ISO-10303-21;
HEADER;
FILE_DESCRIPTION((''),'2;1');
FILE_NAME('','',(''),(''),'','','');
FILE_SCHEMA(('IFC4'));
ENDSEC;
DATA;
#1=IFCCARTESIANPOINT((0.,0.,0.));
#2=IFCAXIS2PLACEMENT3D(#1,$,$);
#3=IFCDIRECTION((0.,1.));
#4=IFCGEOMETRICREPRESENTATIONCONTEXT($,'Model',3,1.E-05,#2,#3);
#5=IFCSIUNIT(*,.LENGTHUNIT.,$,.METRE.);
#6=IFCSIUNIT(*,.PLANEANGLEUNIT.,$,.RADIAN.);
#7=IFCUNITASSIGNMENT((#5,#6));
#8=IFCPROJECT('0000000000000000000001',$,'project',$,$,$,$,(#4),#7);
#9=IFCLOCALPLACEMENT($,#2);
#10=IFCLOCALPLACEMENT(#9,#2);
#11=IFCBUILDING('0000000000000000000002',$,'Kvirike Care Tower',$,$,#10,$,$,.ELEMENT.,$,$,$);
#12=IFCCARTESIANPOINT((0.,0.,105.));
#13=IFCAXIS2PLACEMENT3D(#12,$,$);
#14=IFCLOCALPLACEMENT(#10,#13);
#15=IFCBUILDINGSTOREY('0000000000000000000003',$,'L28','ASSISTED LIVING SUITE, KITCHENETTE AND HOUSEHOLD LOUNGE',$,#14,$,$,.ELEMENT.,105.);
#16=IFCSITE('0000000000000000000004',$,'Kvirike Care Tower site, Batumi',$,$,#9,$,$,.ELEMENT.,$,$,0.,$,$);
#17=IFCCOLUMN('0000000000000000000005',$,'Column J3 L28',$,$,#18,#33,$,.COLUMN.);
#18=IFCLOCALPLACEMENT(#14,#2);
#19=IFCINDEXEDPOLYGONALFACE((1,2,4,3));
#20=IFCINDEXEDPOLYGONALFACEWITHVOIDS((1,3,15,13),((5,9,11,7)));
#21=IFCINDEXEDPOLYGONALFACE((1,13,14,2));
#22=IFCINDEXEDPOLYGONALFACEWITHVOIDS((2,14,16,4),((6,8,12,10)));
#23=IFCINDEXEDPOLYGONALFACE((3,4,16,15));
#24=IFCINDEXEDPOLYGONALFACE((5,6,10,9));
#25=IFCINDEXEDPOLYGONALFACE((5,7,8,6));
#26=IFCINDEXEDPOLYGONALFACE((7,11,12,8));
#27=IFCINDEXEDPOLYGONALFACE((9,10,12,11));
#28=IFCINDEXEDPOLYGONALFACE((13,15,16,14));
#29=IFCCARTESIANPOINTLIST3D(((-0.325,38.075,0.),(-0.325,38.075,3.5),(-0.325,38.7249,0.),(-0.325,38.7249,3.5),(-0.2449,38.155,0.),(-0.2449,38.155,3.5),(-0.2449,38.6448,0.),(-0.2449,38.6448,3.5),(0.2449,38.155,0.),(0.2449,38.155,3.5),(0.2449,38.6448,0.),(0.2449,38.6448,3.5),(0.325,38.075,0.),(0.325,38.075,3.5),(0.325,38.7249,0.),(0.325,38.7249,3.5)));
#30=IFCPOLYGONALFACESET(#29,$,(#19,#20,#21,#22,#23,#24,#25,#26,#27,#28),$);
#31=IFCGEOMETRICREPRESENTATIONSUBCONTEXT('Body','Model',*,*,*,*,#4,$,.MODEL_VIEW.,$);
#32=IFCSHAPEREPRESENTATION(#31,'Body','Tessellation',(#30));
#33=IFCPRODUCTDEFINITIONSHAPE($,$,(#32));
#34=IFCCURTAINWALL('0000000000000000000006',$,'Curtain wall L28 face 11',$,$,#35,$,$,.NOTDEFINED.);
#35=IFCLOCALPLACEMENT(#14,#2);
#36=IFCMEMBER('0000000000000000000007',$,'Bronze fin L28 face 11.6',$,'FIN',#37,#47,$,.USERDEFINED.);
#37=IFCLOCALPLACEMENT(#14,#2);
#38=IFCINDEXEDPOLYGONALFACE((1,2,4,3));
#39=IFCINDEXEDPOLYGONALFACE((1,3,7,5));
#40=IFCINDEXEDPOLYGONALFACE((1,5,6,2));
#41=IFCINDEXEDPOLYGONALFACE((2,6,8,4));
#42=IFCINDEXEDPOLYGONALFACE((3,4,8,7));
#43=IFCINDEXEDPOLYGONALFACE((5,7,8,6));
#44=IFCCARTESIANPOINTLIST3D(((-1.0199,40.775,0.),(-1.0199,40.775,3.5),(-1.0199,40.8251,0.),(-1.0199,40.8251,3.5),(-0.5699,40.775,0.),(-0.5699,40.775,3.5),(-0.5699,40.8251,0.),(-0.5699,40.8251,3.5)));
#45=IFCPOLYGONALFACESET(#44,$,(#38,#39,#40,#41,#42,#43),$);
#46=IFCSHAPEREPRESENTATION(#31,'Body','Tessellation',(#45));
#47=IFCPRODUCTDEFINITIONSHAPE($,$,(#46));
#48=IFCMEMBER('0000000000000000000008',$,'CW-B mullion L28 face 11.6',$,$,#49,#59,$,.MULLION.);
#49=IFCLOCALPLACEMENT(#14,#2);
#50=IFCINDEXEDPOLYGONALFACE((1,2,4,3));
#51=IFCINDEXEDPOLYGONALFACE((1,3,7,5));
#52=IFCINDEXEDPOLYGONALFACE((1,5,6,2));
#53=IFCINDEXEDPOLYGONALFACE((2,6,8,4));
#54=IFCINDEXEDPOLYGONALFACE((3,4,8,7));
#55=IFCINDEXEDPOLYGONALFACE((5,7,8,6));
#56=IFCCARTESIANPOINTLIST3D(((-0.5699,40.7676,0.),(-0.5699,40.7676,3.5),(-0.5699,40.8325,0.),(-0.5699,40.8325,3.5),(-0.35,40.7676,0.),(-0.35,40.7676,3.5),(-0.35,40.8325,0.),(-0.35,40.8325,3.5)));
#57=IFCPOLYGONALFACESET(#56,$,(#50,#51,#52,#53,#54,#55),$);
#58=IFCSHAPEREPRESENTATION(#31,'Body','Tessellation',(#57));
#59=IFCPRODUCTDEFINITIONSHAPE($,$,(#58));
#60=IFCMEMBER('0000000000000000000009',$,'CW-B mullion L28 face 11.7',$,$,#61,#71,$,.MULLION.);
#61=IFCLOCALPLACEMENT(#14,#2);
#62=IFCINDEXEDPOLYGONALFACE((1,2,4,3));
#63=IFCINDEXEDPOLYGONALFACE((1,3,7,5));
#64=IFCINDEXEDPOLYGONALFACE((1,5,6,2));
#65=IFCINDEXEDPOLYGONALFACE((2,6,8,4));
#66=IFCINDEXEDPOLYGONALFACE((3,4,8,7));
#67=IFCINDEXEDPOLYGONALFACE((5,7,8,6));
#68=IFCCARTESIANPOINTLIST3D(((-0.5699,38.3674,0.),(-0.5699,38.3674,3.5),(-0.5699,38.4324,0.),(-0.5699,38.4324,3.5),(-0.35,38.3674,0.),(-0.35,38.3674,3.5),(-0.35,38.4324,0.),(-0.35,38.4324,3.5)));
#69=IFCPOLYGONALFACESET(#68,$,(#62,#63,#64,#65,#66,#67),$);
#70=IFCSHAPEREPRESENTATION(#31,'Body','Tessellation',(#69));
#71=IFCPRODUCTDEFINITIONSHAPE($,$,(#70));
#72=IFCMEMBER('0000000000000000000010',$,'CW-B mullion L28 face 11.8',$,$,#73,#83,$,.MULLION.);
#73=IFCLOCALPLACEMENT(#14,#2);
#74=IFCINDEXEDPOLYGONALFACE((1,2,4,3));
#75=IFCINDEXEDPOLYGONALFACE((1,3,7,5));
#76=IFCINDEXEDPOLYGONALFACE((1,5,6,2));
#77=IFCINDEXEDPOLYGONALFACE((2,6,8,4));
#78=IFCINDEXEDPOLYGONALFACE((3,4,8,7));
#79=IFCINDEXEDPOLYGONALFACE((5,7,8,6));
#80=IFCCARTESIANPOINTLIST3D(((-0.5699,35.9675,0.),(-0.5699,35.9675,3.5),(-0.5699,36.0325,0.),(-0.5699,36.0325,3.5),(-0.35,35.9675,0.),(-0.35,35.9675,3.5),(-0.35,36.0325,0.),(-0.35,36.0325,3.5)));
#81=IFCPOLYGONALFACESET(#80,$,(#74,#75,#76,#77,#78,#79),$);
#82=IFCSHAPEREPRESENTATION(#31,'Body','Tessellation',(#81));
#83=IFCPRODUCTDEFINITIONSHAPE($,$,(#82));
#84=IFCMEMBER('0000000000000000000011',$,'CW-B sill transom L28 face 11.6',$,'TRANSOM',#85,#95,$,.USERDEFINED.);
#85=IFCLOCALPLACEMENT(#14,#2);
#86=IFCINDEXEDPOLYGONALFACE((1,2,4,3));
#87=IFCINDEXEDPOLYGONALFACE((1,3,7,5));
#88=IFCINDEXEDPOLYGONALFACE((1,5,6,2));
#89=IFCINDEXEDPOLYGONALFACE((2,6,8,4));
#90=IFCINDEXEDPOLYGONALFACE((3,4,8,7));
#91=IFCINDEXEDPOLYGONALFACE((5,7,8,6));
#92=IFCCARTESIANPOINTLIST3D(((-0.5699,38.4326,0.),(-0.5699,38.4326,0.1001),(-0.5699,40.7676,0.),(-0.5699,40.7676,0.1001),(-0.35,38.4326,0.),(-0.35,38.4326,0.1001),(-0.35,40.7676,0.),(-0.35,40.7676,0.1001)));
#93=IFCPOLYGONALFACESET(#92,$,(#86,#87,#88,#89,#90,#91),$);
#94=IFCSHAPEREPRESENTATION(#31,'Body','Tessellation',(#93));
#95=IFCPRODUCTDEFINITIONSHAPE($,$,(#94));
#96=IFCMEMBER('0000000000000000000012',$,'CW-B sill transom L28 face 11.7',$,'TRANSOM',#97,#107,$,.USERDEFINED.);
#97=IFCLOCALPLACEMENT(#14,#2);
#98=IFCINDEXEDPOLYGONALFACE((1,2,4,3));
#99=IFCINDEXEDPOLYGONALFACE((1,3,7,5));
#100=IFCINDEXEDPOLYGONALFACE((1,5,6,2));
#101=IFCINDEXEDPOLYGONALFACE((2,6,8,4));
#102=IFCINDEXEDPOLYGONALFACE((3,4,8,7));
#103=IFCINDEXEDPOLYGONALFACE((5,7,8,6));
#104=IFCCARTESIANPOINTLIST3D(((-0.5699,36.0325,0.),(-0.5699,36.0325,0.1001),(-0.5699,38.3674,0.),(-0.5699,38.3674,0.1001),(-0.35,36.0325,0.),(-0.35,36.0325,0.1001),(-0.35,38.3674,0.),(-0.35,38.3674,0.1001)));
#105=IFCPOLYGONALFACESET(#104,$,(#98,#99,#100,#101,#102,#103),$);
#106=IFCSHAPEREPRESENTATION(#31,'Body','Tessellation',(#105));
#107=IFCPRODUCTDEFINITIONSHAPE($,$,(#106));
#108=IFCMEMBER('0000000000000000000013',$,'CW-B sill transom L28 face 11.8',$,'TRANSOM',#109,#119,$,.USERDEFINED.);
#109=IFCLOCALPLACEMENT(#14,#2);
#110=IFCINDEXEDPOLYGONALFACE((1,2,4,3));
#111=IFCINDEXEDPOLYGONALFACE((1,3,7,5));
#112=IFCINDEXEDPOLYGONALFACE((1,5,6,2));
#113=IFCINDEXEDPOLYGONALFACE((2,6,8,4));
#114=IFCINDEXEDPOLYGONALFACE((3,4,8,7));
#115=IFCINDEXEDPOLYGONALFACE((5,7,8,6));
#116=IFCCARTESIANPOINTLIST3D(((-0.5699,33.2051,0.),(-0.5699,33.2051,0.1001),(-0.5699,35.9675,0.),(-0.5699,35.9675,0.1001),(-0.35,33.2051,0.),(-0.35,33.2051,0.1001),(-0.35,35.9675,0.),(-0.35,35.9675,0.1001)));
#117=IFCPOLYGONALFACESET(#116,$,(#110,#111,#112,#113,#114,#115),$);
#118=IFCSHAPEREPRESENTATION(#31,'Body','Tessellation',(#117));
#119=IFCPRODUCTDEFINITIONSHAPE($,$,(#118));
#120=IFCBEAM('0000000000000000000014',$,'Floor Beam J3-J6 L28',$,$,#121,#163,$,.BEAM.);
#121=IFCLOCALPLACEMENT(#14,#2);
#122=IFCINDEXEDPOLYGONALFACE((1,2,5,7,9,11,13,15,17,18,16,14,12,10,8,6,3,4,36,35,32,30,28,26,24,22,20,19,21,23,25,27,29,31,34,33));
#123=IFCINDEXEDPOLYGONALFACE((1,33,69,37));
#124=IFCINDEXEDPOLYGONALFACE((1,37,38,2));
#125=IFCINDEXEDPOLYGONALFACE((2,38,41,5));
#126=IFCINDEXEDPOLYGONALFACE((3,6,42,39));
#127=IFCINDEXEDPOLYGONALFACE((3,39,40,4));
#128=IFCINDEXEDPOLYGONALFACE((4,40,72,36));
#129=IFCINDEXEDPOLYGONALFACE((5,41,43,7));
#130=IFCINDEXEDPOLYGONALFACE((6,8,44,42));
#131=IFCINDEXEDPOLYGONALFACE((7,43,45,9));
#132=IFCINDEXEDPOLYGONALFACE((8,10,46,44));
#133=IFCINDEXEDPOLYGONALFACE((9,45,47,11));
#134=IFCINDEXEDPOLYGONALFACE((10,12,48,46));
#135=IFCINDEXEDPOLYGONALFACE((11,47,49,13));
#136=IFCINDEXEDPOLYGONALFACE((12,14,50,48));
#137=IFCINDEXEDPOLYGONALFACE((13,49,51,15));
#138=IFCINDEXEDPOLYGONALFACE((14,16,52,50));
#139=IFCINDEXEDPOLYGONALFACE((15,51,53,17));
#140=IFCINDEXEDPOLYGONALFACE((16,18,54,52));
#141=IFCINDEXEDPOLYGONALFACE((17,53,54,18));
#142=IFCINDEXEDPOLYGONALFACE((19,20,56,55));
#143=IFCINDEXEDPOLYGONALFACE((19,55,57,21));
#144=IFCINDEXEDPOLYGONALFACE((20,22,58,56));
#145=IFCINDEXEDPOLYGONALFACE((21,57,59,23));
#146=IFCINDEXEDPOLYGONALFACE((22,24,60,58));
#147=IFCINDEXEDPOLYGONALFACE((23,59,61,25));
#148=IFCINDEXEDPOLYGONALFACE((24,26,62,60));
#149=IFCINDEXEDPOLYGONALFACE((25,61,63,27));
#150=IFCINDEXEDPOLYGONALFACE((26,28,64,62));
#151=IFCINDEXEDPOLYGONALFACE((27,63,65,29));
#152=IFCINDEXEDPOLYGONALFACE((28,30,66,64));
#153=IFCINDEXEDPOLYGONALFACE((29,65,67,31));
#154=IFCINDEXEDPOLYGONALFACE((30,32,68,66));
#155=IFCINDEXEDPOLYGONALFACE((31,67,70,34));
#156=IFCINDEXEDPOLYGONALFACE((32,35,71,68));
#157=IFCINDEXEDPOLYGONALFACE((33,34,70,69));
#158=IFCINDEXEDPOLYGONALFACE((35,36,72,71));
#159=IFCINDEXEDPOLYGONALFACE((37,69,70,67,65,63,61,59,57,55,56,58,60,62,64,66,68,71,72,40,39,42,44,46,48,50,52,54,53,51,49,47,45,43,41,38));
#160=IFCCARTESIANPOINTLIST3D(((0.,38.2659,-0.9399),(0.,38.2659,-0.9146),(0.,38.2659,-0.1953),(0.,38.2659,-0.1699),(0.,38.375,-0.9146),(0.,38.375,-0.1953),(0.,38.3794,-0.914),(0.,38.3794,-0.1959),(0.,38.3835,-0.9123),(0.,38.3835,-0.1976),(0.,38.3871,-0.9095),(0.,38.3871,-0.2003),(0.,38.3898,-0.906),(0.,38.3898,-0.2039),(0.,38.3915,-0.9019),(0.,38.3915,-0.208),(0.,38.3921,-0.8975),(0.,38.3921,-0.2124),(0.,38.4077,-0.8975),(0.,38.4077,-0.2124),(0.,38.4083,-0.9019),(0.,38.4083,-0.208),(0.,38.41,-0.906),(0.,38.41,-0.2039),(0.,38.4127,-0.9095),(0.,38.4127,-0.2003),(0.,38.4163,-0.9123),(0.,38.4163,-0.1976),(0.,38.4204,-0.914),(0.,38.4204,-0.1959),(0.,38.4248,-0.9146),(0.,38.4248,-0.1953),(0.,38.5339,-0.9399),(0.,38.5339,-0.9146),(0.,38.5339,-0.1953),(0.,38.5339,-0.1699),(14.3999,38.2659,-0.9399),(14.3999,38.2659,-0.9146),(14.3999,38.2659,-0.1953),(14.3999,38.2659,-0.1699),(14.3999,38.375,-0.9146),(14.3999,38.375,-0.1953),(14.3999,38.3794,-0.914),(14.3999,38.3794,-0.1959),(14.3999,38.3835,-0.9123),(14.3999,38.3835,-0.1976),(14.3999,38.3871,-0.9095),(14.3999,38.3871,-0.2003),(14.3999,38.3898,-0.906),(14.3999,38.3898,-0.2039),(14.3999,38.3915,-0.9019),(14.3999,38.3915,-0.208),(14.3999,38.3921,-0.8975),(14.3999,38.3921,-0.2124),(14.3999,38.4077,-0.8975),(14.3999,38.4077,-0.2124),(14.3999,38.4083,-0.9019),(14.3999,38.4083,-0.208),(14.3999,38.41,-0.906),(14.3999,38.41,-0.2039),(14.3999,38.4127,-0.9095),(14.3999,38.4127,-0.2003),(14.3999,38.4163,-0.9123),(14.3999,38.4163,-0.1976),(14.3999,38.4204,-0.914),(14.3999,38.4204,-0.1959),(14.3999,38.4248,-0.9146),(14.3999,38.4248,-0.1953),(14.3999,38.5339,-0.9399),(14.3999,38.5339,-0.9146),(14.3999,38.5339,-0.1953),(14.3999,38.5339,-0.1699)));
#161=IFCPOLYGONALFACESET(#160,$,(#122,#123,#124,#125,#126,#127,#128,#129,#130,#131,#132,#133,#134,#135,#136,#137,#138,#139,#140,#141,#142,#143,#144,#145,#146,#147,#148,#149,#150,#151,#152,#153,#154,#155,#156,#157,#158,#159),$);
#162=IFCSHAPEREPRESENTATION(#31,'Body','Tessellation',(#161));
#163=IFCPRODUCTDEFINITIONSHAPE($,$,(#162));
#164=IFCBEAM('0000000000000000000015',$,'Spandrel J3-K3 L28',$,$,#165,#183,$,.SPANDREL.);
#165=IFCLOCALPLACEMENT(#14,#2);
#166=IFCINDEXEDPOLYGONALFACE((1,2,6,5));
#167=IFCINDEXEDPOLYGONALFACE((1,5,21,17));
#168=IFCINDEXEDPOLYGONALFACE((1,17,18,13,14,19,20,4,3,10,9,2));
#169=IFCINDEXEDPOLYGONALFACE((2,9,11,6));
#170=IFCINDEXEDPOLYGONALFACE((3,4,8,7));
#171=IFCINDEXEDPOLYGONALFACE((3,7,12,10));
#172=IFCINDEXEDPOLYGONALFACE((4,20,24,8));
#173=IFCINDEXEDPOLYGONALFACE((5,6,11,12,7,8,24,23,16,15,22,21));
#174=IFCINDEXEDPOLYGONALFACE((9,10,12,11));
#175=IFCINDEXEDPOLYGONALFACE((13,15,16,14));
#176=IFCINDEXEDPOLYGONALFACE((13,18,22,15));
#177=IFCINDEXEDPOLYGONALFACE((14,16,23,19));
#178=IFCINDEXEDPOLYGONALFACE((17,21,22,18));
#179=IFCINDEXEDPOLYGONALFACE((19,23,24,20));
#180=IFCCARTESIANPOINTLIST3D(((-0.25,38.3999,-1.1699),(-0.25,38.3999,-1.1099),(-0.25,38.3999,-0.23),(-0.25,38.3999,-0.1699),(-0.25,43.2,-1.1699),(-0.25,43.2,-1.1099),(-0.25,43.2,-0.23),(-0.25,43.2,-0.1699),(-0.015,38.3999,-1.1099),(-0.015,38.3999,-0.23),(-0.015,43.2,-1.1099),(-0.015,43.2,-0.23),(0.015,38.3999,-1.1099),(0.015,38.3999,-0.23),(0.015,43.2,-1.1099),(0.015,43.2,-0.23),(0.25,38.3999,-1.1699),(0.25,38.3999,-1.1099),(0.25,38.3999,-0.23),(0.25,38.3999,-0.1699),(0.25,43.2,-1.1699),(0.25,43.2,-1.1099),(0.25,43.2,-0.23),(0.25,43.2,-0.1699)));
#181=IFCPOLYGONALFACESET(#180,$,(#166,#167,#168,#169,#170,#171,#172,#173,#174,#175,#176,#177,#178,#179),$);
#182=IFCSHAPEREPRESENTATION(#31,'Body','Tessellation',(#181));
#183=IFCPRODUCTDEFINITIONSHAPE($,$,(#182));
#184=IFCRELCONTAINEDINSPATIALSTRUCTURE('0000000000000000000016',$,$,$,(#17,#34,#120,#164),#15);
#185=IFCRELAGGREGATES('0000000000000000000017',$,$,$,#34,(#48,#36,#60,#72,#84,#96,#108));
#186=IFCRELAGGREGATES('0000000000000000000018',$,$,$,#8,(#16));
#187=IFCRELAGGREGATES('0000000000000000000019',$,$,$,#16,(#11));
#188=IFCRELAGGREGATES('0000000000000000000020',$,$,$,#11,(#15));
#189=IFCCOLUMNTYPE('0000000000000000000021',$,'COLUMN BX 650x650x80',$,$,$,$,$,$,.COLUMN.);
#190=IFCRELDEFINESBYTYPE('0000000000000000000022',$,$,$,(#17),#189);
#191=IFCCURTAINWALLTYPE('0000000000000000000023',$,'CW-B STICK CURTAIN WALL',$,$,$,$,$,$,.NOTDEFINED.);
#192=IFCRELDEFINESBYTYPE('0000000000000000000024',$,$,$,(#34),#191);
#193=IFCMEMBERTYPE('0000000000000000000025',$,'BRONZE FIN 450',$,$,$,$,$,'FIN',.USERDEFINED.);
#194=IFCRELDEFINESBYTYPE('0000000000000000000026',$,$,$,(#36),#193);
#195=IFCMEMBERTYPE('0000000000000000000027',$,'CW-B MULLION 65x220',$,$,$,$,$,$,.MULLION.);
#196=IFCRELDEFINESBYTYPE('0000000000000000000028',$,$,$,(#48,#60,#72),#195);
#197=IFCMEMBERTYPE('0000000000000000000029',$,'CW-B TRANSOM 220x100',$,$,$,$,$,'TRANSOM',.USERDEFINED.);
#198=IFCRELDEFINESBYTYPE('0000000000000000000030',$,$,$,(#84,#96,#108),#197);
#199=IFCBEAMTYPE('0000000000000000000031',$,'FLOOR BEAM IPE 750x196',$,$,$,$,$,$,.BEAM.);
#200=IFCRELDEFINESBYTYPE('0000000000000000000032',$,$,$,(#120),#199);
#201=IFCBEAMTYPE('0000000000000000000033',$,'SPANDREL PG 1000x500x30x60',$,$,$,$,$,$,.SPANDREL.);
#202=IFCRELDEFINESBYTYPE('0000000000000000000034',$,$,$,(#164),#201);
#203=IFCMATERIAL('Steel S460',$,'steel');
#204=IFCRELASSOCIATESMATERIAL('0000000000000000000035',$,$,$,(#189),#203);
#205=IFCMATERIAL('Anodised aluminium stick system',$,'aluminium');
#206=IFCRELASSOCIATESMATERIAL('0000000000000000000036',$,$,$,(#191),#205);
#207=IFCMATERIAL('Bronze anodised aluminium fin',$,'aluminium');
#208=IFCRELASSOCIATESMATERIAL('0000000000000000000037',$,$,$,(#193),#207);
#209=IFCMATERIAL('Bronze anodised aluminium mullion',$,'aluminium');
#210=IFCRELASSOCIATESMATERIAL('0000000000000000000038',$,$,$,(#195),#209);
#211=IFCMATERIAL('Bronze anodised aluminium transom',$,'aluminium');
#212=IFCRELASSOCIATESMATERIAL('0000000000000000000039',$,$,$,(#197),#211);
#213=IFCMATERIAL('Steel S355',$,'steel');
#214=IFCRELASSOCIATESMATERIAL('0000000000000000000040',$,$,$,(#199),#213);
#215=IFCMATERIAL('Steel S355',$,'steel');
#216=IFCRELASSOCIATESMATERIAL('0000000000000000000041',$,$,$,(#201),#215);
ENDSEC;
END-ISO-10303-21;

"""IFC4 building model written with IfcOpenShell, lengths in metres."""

from ifc_helpers import new_model, si_unit, direction, frame, origin, origin_2d, place, context, subcontext, project, spatial, rectangle, hollow_rectangle, i_section, extrude, material, material_profile, profile_set, type_object, element, aggregate, save


model = new_model("IFC4")

# Units and contexts
model_context = context("Model", 3, precision=1e-05, world=origin(), true_north=direction((0.0, 1.0)))
body_context = subcontext(model_context, "Body", "Model", "MODEL_VIEW")
ifc_project = project(units=[si_unit("LENGTHUNIT", "METRE"), si_unit("PLANEANGLEUNIT", "RADIAN")], contexts=[model_context])

# Site, building, storey
site_placement = place(None, origin())
site = spatial("IfcSite", under=ifc_project, at=site_placement, Name="Kvirike Care Tower site, Batumi", CompositionType="ELEMENT", RefElevation=0.0)
building_placement = place(site_placement, origin())
building = spatial("IfcBuilding", under=site, at=building_placement, Name="Kvirike Care Tower", CompositionType="ELEMENT")
storey_placement = place(building_placement, frame((0.0, 0.0, 105.0)))
storey = spatial("IfcBuildingStorey", under=building, at=storey_placement, Name="L28", Description="ASSISTED LIVING SUITE, KITCHENETTE AND HOUSEHOLD LOUNGE", CompositionType="ELEMENT", Elevation=105.0)

# Column
ifc_material_1 = material(Name="Steel S460", Category="steel")
ifc_material_profile_1 = material_profile(ifc_material_1, hollow_rectangle(XDim=0.6499, YDim=0.6499, WallThickness=0.0801, at=origin_2d()), Name="BX 650x650x80")
ifc_profile_set_1 = profile_set([ifc_material_profile_1], Name="Steel S460")
column_type = type_object("IfcColumnType", Name="COLUMN BX 650x650x80", PredefinedType="COLUMN", material=ifc_profile_set_1)
column_placement = place(storey_placement, frame((0.0, 38.3999, 0.0), z_axis=(0.0, 0.0, 1.0), x_axis=(1.0, 0.0, 0.0)))
element("IfcColumn", 1, at=column_placement, inside=storey, type_object=column_type, Name="Column J3 L28", PredefinedType="COLUMN", context=body_context, shape_type="SweptSolid", body=[
    extrude(hollow_rectangle(XDim=0.6499, YDim=0.6499, WallThickness=0.0801, at=origin_2d()), origin(), (0.0, 0.0, 1.0), 3.5),
])

# Curtain wall, members
ifc_material_2 = material(Name="Anodised aluminium stick system", Category="aluminium")
curtain_wall_type = type_object("IfcCurtainWallType", Name="CW-B STICK CURTAIN WALL", PredefinedType="NOTDEFINED", material=ifc_material_2)
curtain_wall_placement = place(storey_placement, origin())
curtain_wall = element("IfcCurtainWall", 2, at=curtain_wall_placement, inside=storey, type_object=curtain_wall_type, Name="Curtain wall L28 face 11", PredefinedType="NOTDEFINED")
ifc_material_3 = material(Name="Bronze anodised aluminium fin", Category="aluminium")
ifc_material_profile_2 = material_profile(ifc_material_3, rectangle(XDim=0.05, YDim=0.45, at=origin_2d()), Name="BRONZE FIN 450")
ifc_profile_set_2 = profile_set([ifc_material_profile_2], Name="Bronze anodised aluminium fin")
member_type_1 = type_object("IfcMemberType", Name="BRONZE FIN 450", ElementType="FIN", PredefinedType="USERDEFINED", material=ifc_profile_set_2)
member_1_placement = place(storey_placement, frame((-0.7949, 40.8, 0.0), z_axis=(0.0, 0.0, 1.0), x_axis=(0.0, -1.0, 0.0)))
member_1 = element("IfcMember", 3, at=member_1_placement, type_object=member_type_1, Name="Bronze fin L28 face 11.6", ObjectType="FIN", PredefinedType="USERDEFINED", context=body_context, shape_type="SweptSolid", body=[
    extrude(rectangle(XDim=0.05, YDim=0.45, at=origin_2d()), origin(), (0.0, 0.0, 1.0), 3.5),
])
ifc_material_4 = material(Name="Bronze anodised aluminium mullion", Category="aluminium")
ifc_material_profile_3 = material_profile(ifc_material_4, rectangle(XDim=0.0649, YDim=0.22, at=origin_2d()), Name="CW-B MULLION 65x220")
ifc_profile_set_3 = profile_set([ifc_material_profile_3], Name="Bronze anodised aluminium mullion")
member_type_2 = type_object("IfcMemberType", Name="CW-B MULLION 65x220", PredefinedType="MULLION", material=ifc_profile_set_3)
member_2_placement = place(storey_placement, frame((-0.46, 40.8, 0.0), z_axis=(0.0, 0.0, 1.0), x_axis=(0.0, -1.0, 0.0)))
member_2 = element("IfcMember", 4, at=member_2_placement, type_object=member_type_2, Name="CW-B mullion L28 face 11.6", PredefinedType="MULLION", context=body_context, shape_type="SweptSolid", body=[
    extrude(rectangle(XDim=0.0649, YDim=0.22, at=origin_2d()), origin(), (0.0, 0.0, 1.0), 3.5),
])
member_3_placement = place(storey_placement, frame((-0.46, 38.3999, 0.0), z_axis=(0.0, 0.0, 1.0), x_axis=(0.0, -1.0, 0.0)))
member_3 = element("IfcMember", 5, at=member_3_placement, type_object=member_type_2, Name="CW-B mullion L28 face 11.7", PredefinedType="MULLION", context=body_context, shape_type="SweptSolid", body=[
    extrude(rectangle(XDim=0.0649, YDim=0.22, at=origin_2d()), origin(), (0.0, 0.0, 1.0), 3.5),
])
member_4_placement = place(storey_placement, frame((-0.46, 36.0, 0.0), z_axis=(0.0, 0.0, 1.0), x_axis=(0.0, -1.0, 0.0)))
member_4 = element("IfcMember", 6, at=member_4_placement, type_object=member_type_2, Name="CW-B mullion L28 face 11.8", PredefinedType="MULLION", context=body_context, shape_type="SweptSolid", body=[
    extrude(rectangle(XDim=0.0649, YDim=0.22, at=origin_2d()), origin(), (0.0, 0.0, 1.0), 3.5),
])
ifc_material_5 = material(Name="Bronze anodised aluminium transom", Category="aluminium")
ifc_material_profile_4 = material_profile(ifc_material_5, rectangle(XDim=0.22, YDim=0.1001, at=origin_2d()), Name="CW-B TRANSOM 220x100")
ifc_profile_set_4 = profile_set([ifc_material_profile_4], Name="Bronze anodised aluminium transom")
member_type_3 = type_object("IfcMemberType", Name="CW-B TRANSOM 220x100", ElementType="TRANSOM", PredefinedType="USERDEFINED", material=ifc_profile_set_4)
member_5_placement = place(storey_placement, frame((-0.46, 40.7676, 0.05), z_axis=(0.0, -1.0, 0.0), x_axis=(1.0, 0.0, 0.0)))
member_5 = element("IfcMember", 7, at=member_5_placement, type_object=member_type_3, Name="CW-B sill transom L28 face 11.6", ObjectType="TRANSOM", PredefinedType="USERDEFINED", context=body_context, shape_type="SweptSolid", body=[
    extrude(rectangle(XDim=0.22, YDim=0.1001, at=origin_2d()), origin(), (0.0, 0.0, 1.0), 2.335),
])
member_6_placement = place(storey_placement, frame((-0.46, 38.3674, 0.05), z_axis=(0.0, -1.0, 0.0), x_axis=(1.0, 0.0, 0.0)))
member_6 = element("IfcMember", 8, at=member_6_placement, type_object=member_type_3, Name="CW-B sill transom L28 face 11.7", ObjectType="TRANSOM", PredefinedType="USERDEFINED", context=body_context, shape_type="SweptSolid", body=[
    extrude(rectangle(XDim=0.22, YDim=0.1001, at=origin_2d()), origin(), (0.0, 0.0, 1.0), 2.335),
])
member_7_placement = place(storey_placement, frame((-0.46, 35.9675, 0.05), z_axis=(0.0, -1.0, 0.0), x_axis=(1.0, 0.0, 0.0)))
member_7 = element("IfcMember", 9, at=member_7_placement, type_object=member_type_3, Name="CW-B sill transom L28 face 11.8", ObjectType="TRANSOM", PredefinedType="USERDEFINED", context=body_context, shape_type="SweptSolid", body=[
    extrude(rectangle(XDim=0.22, YDim=0.1001, at=origin_2d()), origin(), (0.0, 0.0, 1.0), 2.7625),
])

# Beams
ifc_material_6 = material(Name="Steel S355", Category="steel")
ifc_material_profile_5 = material_profile(ifc_material_6, i_section(OverallWidth=0.2681, OverallDepth=0.77, WebThickness=0.0156, FlangeThickness=0.0254, FilletRadius=0.0171, at=origin_2d()), Name="IPE 750x196")
ifc_profile_set_5 = profile_set([ifc_material_profile_5], Name="Steel S355")
beam_type_1 = type_object("IfcBeamType", Name="FLOOR BEAM IPE 750x196", PredefinedType="BEAM", material=ifc_profile_set_5)
beam_1_placement = place(storey_placement, frame((0.0, 38.3999, -0.5549), z_axis=(1.0, 0.0, 0.0), x_axis=(0.0, 1.0, 0.0)))
element("IfcBeam", 10, at=beam_1_placement, inside=storey, type_object=beam_type_1, Name="Floor Beam J3-J6 L28", PredefinedType="BEAM", context=body_context, shape_type="SweptSolid", body=[
    extrude(i_section(OverallWidth=0.2681, OverallDepth=0.77, WebThickness=0.0156, FlangeThickness=0.0254, FilletRadius=0.0171, at=origin_2d()), origin(), (0.0, 0.0, 1.0), 14.3999),
])
ifc_material_7 = material(Name="Steel S355", Category="steel")
ifc_material_profile_6 = material_profile(ifc_material_7, i_section(OverallWidth=0.5, OverallDepth=1.0, WebThickness=0.03, FlangeThickness=0.0601, at=origin_2d()), Name="PG 1000x500x30x60")
ifc_profile_set_6 = profile_set([ifc_material_profile_6], Name="Steel S355")
beam_type_2 = type_object("IfcBeamType", Name="SPANDREL PG 1000x500x30x60", PredefinedType="SPANDREL", material=ifc_profile_set_6)
beam_2_placement = place(storey_placement, frame((0.0, 38.3999, -0.6699), z_axis=(0.0, 1.0, 0.0), x_axis=(-1.0, 0.0, 0.0)))
element("IfcBeam", 11, at=beam_2_placement, inside=storey, type_object=beam_type_2, Name="Spandrel J3-K3 L28", PredefinedType="SPANDREL", context=body_context, shape_type="SweptSolid", body=[
    extrude(i_section(OverallWidth=0.5, OverallDepth=1.0, WebThickness=0.03, FlangeThickness=0.0601, at=origin_2d()), origin(), (0.0, 0.0, 1.0), 4.8),
])

aggregate(curtain_wall, [member_2, member_1, member_3, member_4, member_5, member_6, member_7])

save(model, "model.ifc")
